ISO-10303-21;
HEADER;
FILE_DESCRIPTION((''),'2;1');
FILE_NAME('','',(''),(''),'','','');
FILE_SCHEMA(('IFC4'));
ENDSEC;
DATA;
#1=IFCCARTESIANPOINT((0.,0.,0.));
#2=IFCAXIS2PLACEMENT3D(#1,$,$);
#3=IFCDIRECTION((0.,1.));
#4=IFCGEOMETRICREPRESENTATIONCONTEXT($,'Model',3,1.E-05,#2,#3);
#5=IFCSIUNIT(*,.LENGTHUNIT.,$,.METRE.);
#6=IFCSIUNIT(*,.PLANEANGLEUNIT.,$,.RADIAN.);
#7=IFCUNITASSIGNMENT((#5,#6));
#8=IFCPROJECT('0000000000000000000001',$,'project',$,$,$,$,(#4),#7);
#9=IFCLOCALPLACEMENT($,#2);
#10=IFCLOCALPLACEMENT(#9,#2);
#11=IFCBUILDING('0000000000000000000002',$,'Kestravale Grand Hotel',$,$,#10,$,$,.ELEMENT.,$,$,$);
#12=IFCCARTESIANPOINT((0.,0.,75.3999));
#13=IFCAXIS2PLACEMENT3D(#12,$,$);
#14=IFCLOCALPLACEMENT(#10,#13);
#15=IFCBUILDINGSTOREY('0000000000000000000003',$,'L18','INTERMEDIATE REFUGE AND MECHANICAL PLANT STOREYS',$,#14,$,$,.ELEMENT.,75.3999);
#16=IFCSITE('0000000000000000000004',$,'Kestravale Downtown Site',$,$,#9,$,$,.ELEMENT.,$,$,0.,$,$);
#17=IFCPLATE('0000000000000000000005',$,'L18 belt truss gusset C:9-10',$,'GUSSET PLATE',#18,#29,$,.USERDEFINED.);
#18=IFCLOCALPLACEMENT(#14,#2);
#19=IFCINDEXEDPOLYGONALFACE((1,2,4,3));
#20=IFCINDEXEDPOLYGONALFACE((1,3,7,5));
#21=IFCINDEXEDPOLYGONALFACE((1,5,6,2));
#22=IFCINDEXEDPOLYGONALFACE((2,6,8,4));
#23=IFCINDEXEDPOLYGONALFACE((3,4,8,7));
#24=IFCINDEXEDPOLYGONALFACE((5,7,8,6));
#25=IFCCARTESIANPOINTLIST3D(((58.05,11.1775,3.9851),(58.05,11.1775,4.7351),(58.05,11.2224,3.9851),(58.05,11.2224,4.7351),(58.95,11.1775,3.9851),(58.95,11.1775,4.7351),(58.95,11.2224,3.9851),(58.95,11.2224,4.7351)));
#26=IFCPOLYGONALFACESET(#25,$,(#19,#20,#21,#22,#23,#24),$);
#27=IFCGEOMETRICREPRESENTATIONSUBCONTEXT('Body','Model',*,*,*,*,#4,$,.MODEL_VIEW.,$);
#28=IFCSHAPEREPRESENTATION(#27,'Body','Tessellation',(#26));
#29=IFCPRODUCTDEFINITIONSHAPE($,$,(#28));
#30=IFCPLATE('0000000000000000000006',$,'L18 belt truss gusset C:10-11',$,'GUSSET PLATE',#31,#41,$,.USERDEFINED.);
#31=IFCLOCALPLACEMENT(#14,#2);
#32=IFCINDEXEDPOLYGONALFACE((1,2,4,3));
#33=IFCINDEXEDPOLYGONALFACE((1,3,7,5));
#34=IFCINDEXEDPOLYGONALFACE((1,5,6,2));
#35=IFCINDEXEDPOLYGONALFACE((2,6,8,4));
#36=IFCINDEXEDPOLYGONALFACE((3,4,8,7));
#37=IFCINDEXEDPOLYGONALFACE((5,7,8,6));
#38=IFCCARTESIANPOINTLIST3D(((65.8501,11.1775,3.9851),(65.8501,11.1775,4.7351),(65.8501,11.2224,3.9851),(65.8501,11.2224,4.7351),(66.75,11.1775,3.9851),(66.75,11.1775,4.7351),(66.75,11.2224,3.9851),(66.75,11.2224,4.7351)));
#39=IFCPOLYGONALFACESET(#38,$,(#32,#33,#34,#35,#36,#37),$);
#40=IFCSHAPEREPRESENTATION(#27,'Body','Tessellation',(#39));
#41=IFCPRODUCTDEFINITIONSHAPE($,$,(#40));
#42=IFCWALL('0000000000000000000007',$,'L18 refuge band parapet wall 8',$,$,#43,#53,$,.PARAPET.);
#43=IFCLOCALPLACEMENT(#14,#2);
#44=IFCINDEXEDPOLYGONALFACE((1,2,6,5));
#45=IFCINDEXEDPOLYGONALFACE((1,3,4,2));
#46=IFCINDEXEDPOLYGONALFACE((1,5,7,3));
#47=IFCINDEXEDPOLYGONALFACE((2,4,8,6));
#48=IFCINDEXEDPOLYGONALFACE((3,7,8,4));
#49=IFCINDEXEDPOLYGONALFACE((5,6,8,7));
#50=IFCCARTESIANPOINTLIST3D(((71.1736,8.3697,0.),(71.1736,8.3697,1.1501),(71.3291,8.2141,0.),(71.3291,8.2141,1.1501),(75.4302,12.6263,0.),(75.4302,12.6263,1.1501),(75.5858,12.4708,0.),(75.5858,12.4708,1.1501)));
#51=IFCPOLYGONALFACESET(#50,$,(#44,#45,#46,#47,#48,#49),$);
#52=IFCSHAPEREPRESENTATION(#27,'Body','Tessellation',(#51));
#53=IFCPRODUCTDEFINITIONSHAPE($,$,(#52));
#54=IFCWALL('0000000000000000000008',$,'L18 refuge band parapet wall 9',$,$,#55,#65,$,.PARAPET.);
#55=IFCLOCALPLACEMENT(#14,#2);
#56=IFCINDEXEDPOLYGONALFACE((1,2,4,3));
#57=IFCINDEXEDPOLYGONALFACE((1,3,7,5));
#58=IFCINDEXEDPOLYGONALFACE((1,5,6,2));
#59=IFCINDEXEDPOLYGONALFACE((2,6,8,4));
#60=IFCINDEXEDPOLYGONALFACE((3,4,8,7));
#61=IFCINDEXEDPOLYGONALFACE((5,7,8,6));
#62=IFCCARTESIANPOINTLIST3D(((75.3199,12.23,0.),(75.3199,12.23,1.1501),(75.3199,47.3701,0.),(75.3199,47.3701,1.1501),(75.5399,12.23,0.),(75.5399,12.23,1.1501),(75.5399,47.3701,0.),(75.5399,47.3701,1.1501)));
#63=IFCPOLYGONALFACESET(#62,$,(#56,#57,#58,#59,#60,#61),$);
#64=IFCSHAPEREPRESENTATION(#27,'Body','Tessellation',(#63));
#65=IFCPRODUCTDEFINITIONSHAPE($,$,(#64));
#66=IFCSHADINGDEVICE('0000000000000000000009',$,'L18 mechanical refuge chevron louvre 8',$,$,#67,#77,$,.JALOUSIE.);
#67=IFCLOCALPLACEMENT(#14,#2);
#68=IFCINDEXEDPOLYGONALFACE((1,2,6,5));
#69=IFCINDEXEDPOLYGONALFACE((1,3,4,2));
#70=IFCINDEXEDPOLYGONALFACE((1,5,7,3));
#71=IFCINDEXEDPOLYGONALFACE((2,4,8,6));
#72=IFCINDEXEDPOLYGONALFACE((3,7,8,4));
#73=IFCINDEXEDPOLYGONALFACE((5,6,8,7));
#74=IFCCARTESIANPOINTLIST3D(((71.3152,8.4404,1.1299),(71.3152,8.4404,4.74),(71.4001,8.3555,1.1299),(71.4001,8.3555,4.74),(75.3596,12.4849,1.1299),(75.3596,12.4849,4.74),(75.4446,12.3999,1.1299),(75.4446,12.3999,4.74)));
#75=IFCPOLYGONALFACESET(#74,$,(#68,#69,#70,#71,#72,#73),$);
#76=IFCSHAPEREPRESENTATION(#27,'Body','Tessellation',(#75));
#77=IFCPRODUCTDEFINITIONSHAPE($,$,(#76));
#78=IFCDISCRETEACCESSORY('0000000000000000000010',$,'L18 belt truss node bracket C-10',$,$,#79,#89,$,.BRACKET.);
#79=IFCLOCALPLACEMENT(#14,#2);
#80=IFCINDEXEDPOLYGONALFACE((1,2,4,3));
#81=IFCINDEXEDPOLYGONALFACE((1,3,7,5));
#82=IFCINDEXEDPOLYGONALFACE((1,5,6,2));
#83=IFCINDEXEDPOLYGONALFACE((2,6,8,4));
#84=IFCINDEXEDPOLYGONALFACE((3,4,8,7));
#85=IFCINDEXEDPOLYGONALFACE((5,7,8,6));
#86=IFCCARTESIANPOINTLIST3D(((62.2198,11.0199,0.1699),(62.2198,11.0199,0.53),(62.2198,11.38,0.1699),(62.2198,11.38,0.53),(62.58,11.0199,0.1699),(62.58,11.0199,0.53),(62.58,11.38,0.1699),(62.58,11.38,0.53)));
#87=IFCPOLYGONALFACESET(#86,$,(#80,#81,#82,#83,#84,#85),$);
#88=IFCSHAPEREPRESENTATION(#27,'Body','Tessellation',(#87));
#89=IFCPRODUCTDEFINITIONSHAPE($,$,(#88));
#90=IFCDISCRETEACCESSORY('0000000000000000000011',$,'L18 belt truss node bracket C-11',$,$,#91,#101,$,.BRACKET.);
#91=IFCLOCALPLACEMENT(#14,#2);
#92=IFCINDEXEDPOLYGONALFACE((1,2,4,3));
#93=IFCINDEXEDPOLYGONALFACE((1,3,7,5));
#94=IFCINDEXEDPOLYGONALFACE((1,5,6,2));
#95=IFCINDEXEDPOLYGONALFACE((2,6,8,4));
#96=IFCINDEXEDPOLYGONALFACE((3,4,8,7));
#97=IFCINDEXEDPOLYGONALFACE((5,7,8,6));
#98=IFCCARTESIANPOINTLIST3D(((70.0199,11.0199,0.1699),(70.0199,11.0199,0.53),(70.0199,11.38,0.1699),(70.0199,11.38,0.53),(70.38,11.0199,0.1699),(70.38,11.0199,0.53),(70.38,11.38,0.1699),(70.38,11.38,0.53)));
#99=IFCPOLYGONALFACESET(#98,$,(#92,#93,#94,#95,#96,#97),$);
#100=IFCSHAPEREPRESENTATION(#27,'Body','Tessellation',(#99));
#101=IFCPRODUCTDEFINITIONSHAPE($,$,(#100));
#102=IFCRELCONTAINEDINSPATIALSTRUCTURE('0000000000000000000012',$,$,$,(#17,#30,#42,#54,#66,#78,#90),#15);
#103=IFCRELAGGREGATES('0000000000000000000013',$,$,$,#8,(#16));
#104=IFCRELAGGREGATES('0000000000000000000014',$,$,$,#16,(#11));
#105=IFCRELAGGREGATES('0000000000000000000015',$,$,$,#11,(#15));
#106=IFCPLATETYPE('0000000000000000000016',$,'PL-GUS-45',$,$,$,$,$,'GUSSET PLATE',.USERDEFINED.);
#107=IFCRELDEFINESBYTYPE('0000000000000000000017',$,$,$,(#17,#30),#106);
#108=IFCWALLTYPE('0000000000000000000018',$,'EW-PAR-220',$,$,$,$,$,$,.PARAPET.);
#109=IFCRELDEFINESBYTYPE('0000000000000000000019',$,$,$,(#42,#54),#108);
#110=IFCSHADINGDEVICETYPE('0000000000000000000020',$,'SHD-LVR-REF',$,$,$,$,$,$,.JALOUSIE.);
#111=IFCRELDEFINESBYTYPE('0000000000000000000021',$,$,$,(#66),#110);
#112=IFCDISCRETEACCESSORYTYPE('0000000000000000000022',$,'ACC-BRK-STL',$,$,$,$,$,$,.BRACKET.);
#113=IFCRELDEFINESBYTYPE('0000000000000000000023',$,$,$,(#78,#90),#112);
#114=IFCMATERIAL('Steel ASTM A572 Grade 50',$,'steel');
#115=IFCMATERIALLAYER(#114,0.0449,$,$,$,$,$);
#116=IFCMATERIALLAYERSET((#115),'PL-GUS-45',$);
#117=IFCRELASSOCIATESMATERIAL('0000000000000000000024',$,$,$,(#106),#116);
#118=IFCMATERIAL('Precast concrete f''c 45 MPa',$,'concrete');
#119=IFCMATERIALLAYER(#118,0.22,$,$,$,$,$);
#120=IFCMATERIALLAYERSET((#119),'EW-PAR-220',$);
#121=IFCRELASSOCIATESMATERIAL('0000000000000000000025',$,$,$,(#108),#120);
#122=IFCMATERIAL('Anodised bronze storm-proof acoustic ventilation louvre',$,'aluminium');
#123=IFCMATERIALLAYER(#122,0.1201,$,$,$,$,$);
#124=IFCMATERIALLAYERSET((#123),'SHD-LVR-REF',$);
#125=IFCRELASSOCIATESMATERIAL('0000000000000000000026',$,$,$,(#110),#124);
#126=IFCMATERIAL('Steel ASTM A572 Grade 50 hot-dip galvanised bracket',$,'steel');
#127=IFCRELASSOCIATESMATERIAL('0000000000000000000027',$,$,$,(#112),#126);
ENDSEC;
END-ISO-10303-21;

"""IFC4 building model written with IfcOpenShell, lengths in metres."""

from ifc_helpers import new_model, si_unit, direction, frame, frame_2d, origin, origin_2d, place, context, subcontext, project, spatial, rectangle, extrude, material, layer, layer_set, type_object, element, save


model = new_model("IFC4")

# Units and contexts
model_context = context("Model", 3, precision=1e-05, world=origin(), true_north=direction((0.0, 1.0)))
body_context = subcontext(model_context, "Body", "Model", "MODEL_VIEW")
ifc_project = project(units=[si_unit("LENGTHUNIT", "METRE"), si_unit("PLANEANGLEUNIT", "RADIAN")], contexts=[model_context])

# Site, building, storey
site_placement = place(None, origin())
site = spatial("IfcSite", under=ifc_project, at=site_placement, Name="Kestravale Downtown Site", CompositionType="ELEMENT", RefElevation=0.0)
building_placement = place(site_placement, origin())
building = spatial("IfcBuilding", under=site, at=building_placement, Name="Kestravale Grand Hotel", CompositionType="ELEMENT")
storey_placement = place(building_placement, frame((0.0, 0.0, 75.3999)))
storey = spatial("IfcBuildingStorey", under=building, at=storey_placement, Name="L18", Description="INTERMEDIATE REFUGE AND MECHANICAL PLANT STOREYS", CompositionType="ELEMENT", Elevation=75.3999)

# Plates
ifc_material_1 = material(Name="Steel ASTM A572 Grade 50", Category="steel")
ifc_layer_1 = layer(ifc_material_1, 0.0449)
ifc_layer_set_1 = layer_set([ifc_layer_1], Name="PL-GUS-45")
plate_type = type_object("IfcPlateType", Name="PL-GUS-45", ElementType="GUSSET PLATE", PredefinedType="USERDEFINED", material=ifc_layer_set_1)
for number, where, z_axis, x_axis, name in (
    (1, (58.5, 11.2, 3.9851), (0.0, 0.0, 1.0), (1.0, 0.0, 0.0), "L18 belt truss gusset C:9-10"),
    (2, (66.3, 11.2, 3.9851), (0.0, 0.0, 1.0), (1.0, 0.0, 0.0), "L18 belt truss gusset C:10-11"),
):
    element("IfcPlate", number, at=place(storey_placement, frame(where, z_axis=z_axis, x_axis=x_axis)), inside=storey, type_object=plate_type, Name=name, ObjectType="GUSSET PLATE", PredefinedType="USERDEFINED", context=body_context, shape_type="SweptSolid", body=[
        extrude(rectangle(XDim=0.8999, YDim=0.0449, at=origin_2d()), origin(), (0.0, 0.0, 1.0), 0.75),
    ])

# Walls
ifc_material_2 = material(Name="Precast concrete f'c 45 MPa", Category="concrete")
ifc_layer_2 = layer(ifc_material_2, 0.22)
ifc_layer_set_2 = layer_set([ifc_layer_2], Name="EW-PAR-220")
wall_type = type_object("IfcWallType", Name="EW-PAR-220", PredefinedType="PARAPET", material=ifc_layer_set_2)
wall_1_placement = place(storey_placement, frame((71.2515, 8.292, 0.0), z_axis=(0.0, 0.0, 1.0), x_axis=(0.707107, 0.707107, 0.0)))
element("IfcWall", 3, at=wall_1_placement, inside=storey, type_object=wall_type, Name="L18 refuge band parapet wall 8", PredefinedType="PARAPET", context=body_context, shape_type="SweptSolid", body=[
    extrude(rectangle(XDim=6.0198, YDim=0.22, at=frame_2d((3.0098, 0.0))), origin(), (0.0, 0.0, 1.0), 1.1501),
])
wall_2_placement = place(storey_placement, frame((75.4299, 12.23, 0.0), z_axis=(0.0, 0.0, 1.0), x_axis=(0.0, 1.0, 0.0)))
element("IfcWall", 4, at=wall_2_placement, inside=storey, type_object=wall_type, Name="L18 refuge band parapet wall 9", PredefinedType="PARAPET", context=body_context, shape_type="SweptSolid", body=[
    extrude(rectangle(XDim=35.1401, YDim=0.22, at=frame_2d((17.5701, 0.0))), origin(), (0.0, 0.0, 1.0), 1.1501),
])

# Shading device
ifc_material_3 = material(Name="Anodised bronze storm-proof acoustic ventilation louvre", Category="aluminium")
ifc_layer_3 = layer(ifc_material_3, 0.1201)
ifc_layer_set_3 = layer_set([ifc_layer_3], Name="SHD-LVR-REF")
shading_device_type = type_object("IfcShadingDeviceType", Name="SHD-LVR-REF", PredefinedType="JALOUSIE", material=ifc_layer_set_3)
shading_device_placement = place(storey_placement, frame((73.3799, 10.4202, 1.1299), z_axis=(0.0, 0.0, 1.0), x_axis=(0.707107, 0.707107, 0.0)))
element("IfcShadingDevice", 5, at=shading_device_placement, inside=storey, type_object=shading_device_type, Name="L18 mechanical refuge chevron louvre 8", PredefinedType="JALOUSIE", context=body_context, shape_type="SweptSolid", body=[
    extrude(rectangle(XDim=5.7197, YDim=0.1201, at=origin_2d()), origin(), (0.0, 0.0, 1.0), 3.6101),
])

# Discrete accessories
ifc_material_4 = material(Name="Steel ASTM A572 Grade 50 hot-dip galvanised bracket", Category="steel")
discrete_accessory_type = type_object("IfcDiscreteAccessoryType", Name="ACC-BRK-STL", PredefinedType="BRACKET", material=ifc_material_4)
for number, where, z_axis, x_axis, name in (
    (6, (62.3999, 11.2, 0.1699), (0.0, 0.0, 1.0), (1.0, 0.0, 0.0), "L18 belt truss node bracket C-10"),
    (7, (70.2, 11.2, 0.1699), (0.0, 0.0, 1.0), (1.0, 0.0, 0.0), "L18 belt truss node bracket C-11"),
):
    element("IfcDiscreteAccessory", number, at=place(storey_placement, frame(where, z_axis=z_axis, x_axis=x_axis)), inside=storey, type_object=discrete_accessory_type, Name=name, PredefinedType="BRACKET", context=body_context, shape_type="SweptSolid", body=[
        extrude(rectangle(XDim=0.3601, YDim=0.3601, at=origin_2d()), origin(), (0.0, 0.0, 1.0), 0.3601),
    ])

save(model, "model.ifc")
